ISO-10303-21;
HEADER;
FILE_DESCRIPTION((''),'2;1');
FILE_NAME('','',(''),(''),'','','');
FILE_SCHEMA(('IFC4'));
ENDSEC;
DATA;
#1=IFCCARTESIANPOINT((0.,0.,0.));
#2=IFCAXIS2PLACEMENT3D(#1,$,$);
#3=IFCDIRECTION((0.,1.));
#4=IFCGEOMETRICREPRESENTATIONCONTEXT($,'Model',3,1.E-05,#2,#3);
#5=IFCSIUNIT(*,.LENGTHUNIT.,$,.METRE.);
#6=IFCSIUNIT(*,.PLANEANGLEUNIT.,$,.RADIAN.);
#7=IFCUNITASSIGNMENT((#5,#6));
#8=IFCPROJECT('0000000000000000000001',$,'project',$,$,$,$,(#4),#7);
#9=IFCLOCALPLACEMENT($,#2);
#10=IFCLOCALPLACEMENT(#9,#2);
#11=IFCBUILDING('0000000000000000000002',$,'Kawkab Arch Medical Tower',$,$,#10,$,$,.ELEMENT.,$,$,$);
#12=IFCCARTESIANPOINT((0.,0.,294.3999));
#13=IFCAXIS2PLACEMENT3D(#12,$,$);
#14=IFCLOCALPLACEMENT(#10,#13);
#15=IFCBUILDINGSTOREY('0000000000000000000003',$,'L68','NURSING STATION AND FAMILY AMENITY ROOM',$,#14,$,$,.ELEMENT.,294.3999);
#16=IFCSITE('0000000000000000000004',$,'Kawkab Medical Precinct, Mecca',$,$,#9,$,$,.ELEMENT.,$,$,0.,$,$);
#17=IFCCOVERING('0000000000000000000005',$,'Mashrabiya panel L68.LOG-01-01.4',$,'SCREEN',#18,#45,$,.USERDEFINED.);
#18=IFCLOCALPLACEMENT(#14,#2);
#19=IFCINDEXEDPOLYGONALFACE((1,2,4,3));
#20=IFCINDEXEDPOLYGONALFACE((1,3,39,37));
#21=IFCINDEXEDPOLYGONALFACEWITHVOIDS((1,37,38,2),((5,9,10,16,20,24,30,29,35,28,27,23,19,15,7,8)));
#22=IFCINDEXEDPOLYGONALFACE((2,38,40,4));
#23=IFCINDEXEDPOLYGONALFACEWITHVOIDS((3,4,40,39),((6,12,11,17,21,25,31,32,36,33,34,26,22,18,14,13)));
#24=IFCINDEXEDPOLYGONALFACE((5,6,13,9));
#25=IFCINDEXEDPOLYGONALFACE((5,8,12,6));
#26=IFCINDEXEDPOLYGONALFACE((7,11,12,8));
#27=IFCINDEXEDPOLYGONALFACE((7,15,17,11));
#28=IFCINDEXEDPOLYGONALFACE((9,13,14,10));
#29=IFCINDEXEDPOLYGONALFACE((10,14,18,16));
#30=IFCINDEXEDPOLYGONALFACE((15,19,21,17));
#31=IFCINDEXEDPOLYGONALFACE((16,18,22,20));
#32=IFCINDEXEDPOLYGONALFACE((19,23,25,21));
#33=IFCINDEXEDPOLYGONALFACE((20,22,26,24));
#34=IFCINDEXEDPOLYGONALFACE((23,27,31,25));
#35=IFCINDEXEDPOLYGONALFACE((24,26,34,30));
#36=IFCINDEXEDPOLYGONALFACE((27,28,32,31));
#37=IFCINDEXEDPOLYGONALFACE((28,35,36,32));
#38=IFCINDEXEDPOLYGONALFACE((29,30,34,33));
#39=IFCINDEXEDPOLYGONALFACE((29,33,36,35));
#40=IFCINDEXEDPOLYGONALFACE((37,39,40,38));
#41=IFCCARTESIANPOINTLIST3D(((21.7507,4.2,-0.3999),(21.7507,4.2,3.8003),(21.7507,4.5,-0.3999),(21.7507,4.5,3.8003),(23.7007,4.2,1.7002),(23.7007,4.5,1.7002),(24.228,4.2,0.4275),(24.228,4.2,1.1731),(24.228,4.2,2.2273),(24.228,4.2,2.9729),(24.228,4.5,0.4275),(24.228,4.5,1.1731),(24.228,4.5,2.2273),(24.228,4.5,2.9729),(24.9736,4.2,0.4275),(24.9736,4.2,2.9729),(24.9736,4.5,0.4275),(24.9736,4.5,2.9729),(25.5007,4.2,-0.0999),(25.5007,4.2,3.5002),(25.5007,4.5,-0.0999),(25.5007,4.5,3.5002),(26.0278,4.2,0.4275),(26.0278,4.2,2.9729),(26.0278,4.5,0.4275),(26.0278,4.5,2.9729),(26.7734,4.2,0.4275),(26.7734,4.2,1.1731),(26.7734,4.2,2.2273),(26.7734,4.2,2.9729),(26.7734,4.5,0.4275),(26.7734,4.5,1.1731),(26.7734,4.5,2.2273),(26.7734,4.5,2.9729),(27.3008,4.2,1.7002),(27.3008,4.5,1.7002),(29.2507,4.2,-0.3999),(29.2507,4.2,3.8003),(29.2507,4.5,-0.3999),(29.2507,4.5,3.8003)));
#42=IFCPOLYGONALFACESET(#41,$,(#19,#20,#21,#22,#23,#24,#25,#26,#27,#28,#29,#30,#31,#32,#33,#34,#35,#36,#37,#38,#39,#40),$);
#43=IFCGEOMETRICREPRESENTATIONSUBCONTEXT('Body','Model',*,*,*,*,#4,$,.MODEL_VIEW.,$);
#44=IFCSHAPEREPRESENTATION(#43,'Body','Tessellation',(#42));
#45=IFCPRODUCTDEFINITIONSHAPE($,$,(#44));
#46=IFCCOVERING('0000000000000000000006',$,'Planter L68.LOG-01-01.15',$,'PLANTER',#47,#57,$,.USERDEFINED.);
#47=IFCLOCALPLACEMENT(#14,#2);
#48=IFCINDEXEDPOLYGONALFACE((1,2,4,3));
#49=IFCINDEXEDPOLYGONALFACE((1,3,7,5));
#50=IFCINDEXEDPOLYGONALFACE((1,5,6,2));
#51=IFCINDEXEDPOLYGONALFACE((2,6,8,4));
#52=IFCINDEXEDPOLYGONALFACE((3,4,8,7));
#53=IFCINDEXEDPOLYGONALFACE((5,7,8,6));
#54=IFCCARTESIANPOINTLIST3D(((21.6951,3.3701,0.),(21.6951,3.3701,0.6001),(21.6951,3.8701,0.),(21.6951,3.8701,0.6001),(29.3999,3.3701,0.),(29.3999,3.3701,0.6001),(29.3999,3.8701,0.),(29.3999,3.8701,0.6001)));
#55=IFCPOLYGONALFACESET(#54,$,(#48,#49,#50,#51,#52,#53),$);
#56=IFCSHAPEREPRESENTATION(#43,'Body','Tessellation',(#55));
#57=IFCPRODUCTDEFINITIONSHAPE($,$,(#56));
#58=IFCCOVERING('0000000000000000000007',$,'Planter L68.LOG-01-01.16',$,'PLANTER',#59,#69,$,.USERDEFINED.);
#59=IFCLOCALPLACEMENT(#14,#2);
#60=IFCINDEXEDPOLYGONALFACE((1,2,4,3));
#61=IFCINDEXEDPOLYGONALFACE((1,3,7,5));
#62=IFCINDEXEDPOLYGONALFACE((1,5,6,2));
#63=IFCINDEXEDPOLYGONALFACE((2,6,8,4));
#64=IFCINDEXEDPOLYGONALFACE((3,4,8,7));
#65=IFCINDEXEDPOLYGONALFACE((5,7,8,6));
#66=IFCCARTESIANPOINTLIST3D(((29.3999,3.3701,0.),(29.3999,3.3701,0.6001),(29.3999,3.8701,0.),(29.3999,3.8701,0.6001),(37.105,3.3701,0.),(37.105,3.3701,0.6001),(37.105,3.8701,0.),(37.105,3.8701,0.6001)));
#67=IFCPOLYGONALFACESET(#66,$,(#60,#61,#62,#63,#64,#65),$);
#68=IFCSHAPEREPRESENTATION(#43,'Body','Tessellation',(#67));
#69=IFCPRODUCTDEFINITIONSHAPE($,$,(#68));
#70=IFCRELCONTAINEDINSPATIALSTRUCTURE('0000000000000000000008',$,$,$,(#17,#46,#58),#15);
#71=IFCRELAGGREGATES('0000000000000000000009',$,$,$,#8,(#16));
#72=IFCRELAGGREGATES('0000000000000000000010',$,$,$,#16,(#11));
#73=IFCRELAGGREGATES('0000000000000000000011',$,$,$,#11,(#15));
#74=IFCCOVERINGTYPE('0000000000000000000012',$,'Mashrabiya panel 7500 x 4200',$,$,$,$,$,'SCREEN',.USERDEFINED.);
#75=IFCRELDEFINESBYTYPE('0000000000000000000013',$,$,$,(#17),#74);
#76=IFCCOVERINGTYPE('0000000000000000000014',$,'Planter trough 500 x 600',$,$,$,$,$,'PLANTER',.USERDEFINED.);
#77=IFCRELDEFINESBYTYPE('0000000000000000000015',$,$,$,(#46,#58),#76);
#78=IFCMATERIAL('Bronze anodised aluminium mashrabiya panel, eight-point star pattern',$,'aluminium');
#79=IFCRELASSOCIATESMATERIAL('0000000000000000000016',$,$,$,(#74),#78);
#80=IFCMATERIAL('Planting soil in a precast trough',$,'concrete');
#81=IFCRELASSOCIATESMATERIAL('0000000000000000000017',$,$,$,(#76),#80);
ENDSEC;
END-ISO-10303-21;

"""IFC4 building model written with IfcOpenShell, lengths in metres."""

from ifc_helpers import new_model, si_unit, direction, frame, origin, origin_2d, place, context, subcontext, project, spatial, polyline, rectangle, outline, extrude, material, material_profile, profile_set, type_object, element, save


model = new_model("IFC4")

# Units and contexts
model_context = context("Model", 3, precision=1e-05, world=origin(), true_north=direction((0.0, 1.0)))
body_context = subcontext(model_context, "Body", "Model", "MODEL_VIEW")
ifc_project = project(units=[si_unit("LENGTHUNIT", "METRE"), si_unit("PLANEANGLEUNIT", "RADIAN")], contexts=[model_context])

# Site, building, storey
site_placement = place(None, origin())
site = spatial("IfcSite", under=ifc_project, at=site_placement, Name="Kawkab Medical Precinct, Mecca", CompositionType="ELEMENT", RefElevation=0.0)
building_placement = place(site_placement, origin())
building = spatial("IfcBuilding", under=site, at=building_placement, Name="Kawkab Arch Medical Tower", CompositionType="ELEMENT")
storey_placement = place(building_placement, frame((0.0, 0.0, 294.3999)))
storey = spatial("IfcBuildingStorey", under=building, at=storey_placement, Name="L68", Description="NURSING STATION AND FAMILY AMENITY ROOM", CompositionType="ELEMENT", Elevation=294.3999)

# Coverings
ifc_material_1 = material(Name="Bronze anodised aluminium mashrabiya panel, eight-point star pattern", Category="aluminium")
ifc_material_profile_1 = material_profile(ifc_material_1, outline(polyline([(-3.75, -2.1001), (3.75, -2.1001), (3.75, 2.1001), (-3.75, 2.1001), (-3.75, -2.1001)]), holes=[polyline([(1.8, 0.0), (1.2727, 0.5271), (1.2727, 1.2727), (0.5271, 1.2727), (0.0, 1.8), (-0.5271, 1.2727), (-1.2727, 1.2727), (-1.2727, 0.5271), (-1.8, 0.0), (-1.2727, -0.5271), (-1.2727, -1.2727), (-0.5271, -1.2727), (0.0, -1.8), (0.5271, -1.2727), (1.2727, -1.2727), (1.2727, -0.5271), (1.8, 0.0)])]), Name="Mashrabiya panel 7500x4200")
ifc_profile_set_1 = profile_set([ifc_material_profile_1], Name="Bronze anodised aluminium mashrabiya panel, eight-point star pattern")
covering_type_1 = type_object("IfcCoveringType", Name="Mashrabiya panel 7500 x 4200", ElementType="SCREEN", PredefinedType="USERDEFINED", material=ifc_profile_set_1)
covering_1_placement = place(storey_placement, frame((25.5007, 4.2, 1.7002), z_axis=(0.0, 1.0, 0.0), x_axis=(-1.0, 0.0, 0.0)))
element("IfcCovering", 1, at=covering_1_placement, inside=storey, type_object=covering_type_1, Name="Mashrabiya panel L68.LOG-01-01.4", ObjectType="SCREEN", PredefinedType="USERDEFINED", context=body_context, shape_type="SweptSolid", body=[
    extrude(outline(polyline([(-3.75, -2.1001), (3.75, -2.1001), (3.75, 2.1001), (-3.75, 2.1001), (-3.75, -2.1001)]), holes=[polyline([(1.8, 0.0), (1.2727, 0.5271), (1.2727, 1.2727), (0.5271, 1.2727), (0.0, 1.8), (-0.5271, 1.2727), (-1.2727, 1.2727), (-1.2727, 0.5271), (-1.8, 0.0), (-1.2727, -0.5271), (-1.2727, -1.2727), (-0.5271, -1.2727), (0.0, -1.8), (0.5271, -1.2727), (1.2727, -1.2727), (1.2727, -0.5271), (1.8, 0.0)])]), origin(), (0.0, 0.0, 1.0), 0.3),
])
ifc_material_2 = material(Name="Planting soil in a precast trough", Category="concrete")
ifc_material_profile_2 = material_profile(ifc_material_2, rectangle(XDim=0.5, YDim=0.6001, at=origin_2d()), Name="Trough 500x600")
ifc_profile_set_2 = profile_set([ifc_material_profile_2], Name="Planting soil in a precast trough")
covering_type_2 = type_object("IfcCoveringType", Name="Planter trough 500 x 600", ElementType="PLANTER", PredefinedType="USERDEFINED", material=ifc_profile_set_2)
covering_2_placement = place(storey_placement, frame((21.6951, 3.6201, 0.3), z_axis=(1.0, 0.0, 0.0), x_axis=(0.0, 1.0, 0.0)))
element("IfcCovering", 2, at=covering_2_placement, inside=storey, type_object=covering_type_2, Name="Planter L68.LOG-01-01.15", ObjectType="PLANTER", PredefinedType="USERDEFINED", context=body_context, shape_type="SweptSolid", body=[
    extrude(rectangle(XDim=0.5, YDim=0.6001, at=origin_2d()), origin(), (0.0, 0.0, 1.0), 7.7048),
])
covering_3_placement = place(storey_placement, frame((29.3999, 3.6201, 0.3), z_axis=(1.0, 0.0, 0.0), x_axis=(0.0, 1.0, 0.0)))
element("IfcCovering", 3, at=covering_3_placement, inside=storey, type_object=covering_type_2, Name="Planter L68.LOG-01-01.16", ObjectType="PLANTER", PredefinedType="USERDEFINED", context=body_context, shape_type="SweptSolid", body=[
    extrude(rectangle(XDim=0.5, YDim=0.6001, at=origin_2d()), origin(), (0.0, 0.0, 1.0), 7.7051),
])

save(model, "model.ifc")
